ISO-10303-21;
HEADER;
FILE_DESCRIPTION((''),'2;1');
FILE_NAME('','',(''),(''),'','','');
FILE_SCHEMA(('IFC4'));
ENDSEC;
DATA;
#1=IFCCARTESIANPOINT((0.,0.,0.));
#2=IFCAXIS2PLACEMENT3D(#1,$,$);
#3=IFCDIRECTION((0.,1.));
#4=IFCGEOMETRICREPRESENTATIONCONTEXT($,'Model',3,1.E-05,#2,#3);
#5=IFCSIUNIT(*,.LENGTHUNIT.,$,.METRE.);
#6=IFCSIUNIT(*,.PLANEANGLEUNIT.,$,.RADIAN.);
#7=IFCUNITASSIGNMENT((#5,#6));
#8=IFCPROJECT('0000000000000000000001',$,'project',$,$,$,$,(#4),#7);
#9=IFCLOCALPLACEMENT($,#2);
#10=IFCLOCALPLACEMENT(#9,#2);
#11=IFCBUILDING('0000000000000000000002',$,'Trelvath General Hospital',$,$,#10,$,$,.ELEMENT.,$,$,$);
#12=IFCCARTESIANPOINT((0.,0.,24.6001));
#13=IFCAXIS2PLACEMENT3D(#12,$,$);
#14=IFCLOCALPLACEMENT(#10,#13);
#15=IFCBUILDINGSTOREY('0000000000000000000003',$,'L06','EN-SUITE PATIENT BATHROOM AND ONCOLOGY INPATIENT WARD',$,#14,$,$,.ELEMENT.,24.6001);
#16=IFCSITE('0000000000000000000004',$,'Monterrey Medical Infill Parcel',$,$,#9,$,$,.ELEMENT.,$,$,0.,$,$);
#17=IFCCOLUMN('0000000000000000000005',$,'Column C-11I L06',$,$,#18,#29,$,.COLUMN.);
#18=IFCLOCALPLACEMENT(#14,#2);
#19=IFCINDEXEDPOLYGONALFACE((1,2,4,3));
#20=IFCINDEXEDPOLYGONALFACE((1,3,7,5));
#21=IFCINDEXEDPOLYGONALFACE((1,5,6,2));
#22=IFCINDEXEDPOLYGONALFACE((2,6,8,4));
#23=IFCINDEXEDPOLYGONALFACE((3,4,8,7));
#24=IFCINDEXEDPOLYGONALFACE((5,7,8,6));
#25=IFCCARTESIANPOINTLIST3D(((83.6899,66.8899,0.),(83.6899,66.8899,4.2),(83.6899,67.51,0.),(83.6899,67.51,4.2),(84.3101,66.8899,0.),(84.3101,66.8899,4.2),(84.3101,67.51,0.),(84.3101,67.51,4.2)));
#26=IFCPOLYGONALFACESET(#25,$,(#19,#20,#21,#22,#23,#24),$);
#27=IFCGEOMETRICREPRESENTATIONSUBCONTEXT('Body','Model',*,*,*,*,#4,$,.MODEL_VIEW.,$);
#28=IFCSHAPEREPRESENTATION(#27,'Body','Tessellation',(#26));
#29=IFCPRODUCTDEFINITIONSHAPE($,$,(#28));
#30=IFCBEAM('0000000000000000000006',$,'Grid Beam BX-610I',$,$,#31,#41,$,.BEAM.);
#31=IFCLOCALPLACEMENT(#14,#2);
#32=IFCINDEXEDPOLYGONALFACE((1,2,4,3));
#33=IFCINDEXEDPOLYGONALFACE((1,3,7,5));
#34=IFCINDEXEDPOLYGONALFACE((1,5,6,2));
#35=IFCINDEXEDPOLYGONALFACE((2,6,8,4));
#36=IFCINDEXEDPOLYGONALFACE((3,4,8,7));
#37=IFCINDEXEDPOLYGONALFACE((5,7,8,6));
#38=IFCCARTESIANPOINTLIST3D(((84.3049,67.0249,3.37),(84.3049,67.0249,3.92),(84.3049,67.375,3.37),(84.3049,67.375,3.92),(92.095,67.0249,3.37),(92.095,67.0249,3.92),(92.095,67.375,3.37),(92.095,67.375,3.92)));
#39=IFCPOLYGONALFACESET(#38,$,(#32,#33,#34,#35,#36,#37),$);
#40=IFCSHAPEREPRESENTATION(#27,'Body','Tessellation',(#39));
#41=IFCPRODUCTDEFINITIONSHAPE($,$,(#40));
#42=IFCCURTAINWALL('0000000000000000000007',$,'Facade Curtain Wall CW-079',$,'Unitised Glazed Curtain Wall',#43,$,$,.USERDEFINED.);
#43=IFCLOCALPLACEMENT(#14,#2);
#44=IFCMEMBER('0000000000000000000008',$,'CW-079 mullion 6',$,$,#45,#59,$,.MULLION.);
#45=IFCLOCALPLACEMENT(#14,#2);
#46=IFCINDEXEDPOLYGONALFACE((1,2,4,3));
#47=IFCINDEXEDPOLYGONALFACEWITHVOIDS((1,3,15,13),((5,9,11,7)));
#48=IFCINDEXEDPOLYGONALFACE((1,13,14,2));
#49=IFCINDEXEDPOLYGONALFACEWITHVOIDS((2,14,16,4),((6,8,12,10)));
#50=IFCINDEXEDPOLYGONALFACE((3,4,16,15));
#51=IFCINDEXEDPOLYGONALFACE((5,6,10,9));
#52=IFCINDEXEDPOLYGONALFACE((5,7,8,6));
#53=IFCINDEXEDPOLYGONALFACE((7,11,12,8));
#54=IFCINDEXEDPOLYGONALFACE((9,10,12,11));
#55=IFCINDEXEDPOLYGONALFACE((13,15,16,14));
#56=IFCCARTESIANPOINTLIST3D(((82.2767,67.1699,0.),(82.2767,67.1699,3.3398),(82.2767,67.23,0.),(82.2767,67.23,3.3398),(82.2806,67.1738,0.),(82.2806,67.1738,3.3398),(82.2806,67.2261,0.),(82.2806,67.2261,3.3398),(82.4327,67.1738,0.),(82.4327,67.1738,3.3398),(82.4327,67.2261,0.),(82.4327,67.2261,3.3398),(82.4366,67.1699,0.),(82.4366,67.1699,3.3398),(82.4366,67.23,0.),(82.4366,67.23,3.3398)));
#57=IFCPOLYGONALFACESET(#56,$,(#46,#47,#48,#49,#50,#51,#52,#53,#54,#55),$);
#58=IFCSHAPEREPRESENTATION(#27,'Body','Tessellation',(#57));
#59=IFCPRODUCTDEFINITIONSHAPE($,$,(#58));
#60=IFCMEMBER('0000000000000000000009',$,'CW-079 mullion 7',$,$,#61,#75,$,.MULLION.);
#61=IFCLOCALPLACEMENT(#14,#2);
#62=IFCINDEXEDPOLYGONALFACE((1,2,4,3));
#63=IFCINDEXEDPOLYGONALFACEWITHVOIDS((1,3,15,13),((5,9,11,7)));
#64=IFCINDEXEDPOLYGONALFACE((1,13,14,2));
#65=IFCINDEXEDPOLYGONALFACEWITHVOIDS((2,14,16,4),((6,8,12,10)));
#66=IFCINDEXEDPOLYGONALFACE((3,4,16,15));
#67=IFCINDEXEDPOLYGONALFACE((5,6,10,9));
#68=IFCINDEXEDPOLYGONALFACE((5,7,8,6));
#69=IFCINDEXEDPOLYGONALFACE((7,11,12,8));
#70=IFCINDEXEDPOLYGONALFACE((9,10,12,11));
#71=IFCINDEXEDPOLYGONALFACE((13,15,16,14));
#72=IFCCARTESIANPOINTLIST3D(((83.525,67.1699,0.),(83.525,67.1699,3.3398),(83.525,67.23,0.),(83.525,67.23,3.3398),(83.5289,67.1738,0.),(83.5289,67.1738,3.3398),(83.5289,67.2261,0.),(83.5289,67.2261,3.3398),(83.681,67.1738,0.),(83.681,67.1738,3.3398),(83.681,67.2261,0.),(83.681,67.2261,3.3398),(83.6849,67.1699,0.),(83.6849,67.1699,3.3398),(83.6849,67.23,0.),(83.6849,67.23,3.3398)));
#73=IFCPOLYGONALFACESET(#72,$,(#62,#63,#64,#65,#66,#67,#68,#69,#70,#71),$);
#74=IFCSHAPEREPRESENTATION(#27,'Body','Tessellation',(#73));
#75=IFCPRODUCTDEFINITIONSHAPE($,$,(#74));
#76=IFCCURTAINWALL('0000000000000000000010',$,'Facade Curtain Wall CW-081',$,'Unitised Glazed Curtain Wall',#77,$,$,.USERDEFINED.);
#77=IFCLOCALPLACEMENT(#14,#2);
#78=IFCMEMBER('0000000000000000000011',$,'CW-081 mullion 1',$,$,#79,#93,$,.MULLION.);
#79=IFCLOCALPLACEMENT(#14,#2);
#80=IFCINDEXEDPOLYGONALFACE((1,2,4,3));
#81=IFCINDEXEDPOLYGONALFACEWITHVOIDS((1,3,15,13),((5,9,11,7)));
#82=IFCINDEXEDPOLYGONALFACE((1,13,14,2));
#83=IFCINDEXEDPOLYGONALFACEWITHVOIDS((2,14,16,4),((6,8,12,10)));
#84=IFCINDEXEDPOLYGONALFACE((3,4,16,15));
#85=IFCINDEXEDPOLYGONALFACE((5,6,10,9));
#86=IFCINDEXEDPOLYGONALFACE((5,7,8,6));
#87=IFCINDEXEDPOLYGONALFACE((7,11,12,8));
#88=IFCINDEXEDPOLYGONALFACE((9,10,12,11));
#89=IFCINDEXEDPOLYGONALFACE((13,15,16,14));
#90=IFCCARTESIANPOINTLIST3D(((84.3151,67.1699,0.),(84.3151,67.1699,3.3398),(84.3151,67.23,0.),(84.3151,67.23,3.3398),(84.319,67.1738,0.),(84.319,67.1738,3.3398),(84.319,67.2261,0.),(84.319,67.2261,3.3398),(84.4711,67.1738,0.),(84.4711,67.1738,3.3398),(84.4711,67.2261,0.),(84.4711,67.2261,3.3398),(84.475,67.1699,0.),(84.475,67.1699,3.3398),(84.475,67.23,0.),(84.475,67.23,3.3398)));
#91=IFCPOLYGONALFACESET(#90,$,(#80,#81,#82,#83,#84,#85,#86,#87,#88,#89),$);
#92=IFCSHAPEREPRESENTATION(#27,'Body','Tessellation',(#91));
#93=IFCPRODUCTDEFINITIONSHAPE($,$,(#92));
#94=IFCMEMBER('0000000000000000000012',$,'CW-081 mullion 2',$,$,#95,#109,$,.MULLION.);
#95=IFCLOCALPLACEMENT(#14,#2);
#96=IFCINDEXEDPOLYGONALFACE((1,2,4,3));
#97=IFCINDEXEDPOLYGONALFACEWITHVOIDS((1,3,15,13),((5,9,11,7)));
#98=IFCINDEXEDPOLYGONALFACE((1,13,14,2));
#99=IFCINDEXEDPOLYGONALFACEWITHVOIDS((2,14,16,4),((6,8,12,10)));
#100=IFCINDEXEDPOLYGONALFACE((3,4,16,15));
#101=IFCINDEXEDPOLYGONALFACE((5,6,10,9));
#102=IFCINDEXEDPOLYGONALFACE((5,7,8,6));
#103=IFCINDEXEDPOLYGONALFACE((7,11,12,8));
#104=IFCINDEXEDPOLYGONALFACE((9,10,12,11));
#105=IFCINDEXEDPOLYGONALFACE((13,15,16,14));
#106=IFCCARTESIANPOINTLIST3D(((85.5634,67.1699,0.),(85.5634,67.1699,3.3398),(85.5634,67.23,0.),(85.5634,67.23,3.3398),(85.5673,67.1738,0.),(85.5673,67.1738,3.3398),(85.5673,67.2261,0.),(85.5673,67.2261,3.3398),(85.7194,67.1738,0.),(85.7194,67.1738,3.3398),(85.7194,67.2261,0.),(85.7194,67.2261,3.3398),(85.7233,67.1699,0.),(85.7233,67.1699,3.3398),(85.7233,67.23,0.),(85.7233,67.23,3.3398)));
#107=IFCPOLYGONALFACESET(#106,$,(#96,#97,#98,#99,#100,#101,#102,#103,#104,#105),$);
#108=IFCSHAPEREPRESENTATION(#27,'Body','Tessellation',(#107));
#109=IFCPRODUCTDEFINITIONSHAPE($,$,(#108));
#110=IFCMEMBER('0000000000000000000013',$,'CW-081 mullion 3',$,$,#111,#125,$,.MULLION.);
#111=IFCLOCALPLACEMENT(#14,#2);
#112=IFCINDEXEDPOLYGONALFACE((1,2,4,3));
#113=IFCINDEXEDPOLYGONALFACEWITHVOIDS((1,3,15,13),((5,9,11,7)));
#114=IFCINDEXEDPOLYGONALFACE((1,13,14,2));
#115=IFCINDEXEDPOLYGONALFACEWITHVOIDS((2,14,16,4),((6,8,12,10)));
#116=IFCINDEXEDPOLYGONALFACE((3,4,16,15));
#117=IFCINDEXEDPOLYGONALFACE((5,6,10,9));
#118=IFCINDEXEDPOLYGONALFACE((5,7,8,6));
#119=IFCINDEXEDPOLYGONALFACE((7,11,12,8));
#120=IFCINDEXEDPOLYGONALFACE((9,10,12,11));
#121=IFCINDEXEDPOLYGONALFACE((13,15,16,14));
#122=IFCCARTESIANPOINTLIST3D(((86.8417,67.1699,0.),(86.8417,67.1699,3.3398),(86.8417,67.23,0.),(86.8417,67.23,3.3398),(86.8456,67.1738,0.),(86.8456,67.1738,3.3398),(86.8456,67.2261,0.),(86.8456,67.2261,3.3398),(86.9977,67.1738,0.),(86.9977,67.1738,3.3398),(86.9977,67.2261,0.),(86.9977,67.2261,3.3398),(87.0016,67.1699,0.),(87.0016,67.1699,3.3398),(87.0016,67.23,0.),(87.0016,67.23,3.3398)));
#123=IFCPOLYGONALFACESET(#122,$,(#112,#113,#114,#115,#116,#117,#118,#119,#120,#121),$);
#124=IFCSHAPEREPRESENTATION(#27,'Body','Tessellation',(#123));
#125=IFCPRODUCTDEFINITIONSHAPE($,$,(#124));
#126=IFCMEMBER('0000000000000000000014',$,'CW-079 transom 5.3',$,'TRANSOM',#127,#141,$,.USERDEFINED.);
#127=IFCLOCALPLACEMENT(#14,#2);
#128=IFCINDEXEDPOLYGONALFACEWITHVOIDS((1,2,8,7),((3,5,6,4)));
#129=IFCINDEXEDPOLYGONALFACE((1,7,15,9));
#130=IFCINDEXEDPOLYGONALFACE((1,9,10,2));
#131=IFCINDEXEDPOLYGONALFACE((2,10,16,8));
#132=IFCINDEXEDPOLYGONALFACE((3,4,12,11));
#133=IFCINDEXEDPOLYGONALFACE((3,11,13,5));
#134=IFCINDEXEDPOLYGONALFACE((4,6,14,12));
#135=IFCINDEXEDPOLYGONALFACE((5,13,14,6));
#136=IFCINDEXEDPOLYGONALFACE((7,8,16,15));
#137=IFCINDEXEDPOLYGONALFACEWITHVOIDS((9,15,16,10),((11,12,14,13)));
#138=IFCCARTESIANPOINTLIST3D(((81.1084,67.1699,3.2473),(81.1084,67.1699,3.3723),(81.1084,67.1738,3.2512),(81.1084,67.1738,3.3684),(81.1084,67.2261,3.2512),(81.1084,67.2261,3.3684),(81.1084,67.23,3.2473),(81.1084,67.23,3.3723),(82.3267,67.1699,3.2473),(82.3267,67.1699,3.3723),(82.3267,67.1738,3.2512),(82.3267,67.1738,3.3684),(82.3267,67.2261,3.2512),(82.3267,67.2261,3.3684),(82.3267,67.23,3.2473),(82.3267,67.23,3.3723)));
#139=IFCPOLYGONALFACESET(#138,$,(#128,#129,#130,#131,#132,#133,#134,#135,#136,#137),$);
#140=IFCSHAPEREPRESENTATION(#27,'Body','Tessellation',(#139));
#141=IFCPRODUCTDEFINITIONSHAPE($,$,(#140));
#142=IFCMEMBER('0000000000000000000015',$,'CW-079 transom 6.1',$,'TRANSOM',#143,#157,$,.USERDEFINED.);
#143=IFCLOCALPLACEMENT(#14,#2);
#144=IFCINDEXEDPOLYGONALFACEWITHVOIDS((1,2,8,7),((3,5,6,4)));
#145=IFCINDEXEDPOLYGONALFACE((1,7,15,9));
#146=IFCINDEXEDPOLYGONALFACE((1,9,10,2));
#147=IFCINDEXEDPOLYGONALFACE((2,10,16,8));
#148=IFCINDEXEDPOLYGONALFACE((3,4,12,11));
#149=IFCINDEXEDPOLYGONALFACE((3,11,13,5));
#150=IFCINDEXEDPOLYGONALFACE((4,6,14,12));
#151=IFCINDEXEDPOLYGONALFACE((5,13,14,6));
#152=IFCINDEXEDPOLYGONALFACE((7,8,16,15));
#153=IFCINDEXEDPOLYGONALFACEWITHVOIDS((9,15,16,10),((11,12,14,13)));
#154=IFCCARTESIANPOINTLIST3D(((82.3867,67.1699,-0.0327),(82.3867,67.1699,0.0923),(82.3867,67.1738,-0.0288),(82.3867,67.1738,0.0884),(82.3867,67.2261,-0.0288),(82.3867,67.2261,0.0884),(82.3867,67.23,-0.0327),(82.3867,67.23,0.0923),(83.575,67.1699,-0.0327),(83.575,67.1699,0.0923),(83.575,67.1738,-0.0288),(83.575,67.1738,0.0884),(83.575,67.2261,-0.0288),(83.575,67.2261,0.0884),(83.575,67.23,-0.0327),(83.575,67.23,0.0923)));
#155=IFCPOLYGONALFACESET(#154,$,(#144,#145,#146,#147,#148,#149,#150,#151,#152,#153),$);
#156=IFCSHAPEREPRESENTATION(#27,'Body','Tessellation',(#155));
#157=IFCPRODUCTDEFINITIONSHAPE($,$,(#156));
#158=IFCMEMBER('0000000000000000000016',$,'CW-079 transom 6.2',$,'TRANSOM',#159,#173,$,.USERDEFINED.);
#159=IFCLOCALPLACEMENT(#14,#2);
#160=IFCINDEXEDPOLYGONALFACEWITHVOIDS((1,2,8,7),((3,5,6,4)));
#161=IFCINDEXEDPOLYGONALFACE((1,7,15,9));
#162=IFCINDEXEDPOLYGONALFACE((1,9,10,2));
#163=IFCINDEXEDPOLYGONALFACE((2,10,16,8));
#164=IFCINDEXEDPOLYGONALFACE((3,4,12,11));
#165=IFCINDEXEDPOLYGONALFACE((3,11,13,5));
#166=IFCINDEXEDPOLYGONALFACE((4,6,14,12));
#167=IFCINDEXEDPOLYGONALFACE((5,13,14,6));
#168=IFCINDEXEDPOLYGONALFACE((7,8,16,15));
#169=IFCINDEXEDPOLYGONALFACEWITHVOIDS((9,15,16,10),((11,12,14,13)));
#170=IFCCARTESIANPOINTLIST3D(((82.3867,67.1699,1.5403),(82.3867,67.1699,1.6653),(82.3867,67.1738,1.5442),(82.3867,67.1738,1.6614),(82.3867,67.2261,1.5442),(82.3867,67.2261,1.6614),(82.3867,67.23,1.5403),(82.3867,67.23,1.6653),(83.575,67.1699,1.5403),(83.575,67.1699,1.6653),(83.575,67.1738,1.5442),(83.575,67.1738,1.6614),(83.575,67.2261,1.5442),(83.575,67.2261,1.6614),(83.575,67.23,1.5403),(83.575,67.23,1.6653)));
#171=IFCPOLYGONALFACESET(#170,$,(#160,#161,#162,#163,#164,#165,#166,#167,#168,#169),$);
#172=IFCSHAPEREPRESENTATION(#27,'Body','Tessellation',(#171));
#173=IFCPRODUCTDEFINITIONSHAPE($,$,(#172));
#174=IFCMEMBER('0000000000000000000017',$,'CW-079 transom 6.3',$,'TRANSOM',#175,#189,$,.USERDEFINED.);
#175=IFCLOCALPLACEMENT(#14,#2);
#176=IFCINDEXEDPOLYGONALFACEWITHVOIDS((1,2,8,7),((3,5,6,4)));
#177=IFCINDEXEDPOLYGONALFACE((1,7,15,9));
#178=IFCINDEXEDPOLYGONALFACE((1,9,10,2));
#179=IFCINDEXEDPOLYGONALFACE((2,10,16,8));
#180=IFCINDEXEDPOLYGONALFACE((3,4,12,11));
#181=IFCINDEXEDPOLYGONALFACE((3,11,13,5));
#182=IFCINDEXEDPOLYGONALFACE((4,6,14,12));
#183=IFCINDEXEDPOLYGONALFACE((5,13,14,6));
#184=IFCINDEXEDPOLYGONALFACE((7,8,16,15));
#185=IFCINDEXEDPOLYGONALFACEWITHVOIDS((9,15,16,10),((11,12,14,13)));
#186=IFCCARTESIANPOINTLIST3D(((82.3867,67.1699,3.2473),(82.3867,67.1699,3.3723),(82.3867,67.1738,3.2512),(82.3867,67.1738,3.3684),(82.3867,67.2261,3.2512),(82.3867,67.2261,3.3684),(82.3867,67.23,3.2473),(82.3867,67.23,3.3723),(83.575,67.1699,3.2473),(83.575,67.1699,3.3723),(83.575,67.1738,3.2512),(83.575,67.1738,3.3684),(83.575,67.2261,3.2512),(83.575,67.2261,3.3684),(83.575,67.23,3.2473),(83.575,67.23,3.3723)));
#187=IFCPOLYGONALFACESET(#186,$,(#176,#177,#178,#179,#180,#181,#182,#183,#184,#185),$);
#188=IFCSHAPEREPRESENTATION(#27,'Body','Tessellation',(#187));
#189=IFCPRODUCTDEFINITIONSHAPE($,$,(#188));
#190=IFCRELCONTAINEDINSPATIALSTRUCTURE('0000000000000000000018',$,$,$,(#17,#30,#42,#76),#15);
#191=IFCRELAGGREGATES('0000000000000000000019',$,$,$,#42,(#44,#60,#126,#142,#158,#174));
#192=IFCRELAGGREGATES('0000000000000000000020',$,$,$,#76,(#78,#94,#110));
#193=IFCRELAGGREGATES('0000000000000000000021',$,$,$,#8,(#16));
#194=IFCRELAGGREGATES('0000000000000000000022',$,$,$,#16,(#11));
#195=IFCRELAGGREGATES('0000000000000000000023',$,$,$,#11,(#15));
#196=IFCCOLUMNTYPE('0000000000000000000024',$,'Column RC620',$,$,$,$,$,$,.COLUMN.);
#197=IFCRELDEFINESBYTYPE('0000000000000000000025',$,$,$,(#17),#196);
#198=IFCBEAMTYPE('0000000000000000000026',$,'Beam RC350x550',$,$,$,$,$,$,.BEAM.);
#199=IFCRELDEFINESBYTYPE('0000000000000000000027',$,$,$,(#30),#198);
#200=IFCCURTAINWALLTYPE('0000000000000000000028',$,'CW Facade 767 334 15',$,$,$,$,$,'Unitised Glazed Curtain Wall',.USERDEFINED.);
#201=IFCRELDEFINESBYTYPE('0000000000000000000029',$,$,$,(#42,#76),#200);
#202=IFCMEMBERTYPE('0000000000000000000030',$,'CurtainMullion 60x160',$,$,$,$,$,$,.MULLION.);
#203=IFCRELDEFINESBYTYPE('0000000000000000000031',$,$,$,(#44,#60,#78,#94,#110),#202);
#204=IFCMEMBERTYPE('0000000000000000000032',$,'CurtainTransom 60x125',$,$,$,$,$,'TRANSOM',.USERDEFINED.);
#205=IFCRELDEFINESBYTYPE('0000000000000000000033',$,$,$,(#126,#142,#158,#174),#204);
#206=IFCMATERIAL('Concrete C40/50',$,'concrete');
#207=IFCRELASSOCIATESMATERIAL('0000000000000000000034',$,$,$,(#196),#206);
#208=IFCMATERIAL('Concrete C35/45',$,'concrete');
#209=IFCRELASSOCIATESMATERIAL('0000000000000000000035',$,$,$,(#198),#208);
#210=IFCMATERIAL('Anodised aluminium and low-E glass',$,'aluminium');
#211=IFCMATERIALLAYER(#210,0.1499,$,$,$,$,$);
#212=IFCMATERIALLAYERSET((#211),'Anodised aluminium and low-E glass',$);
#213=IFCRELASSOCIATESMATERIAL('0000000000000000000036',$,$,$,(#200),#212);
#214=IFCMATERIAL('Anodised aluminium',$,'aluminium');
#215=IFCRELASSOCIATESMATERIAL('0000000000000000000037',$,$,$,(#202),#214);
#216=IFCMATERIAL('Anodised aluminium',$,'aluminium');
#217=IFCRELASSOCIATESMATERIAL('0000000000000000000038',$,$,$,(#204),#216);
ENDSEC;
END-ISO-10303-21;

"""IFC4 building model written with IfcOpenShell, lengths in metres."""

from ifc_helpers import new_model, si_unit, direction, frame, origin, origin_2d, place, context, subcontext, project, spatial, rectangle, hollow_rectangle, extrude, material, layer, layer_set, material_profile, profile_set, type_object, element, aggregate, save


model = new_model("IFC4")

# Units and contexts
model_context = context("Model", 3, precision=1e-05, world=origin(), true_north=direction((0.0, 1.0)))
body_context = subcontext(model_context, "Body", "Model", "MODEL_VIEW")
ifc_project = project(units=[si_unit("LENGTHUNIT", "METRE"), si_unit("PLANEANGLEUNIT", "RADIAN")], contexts=[model_context])

# Site, building, storey
site_placement = place(None, origin())
site = spatial("IfcSite", under=ifc_project, at=site_placement, Name="Monterrey Medical Infill Parcel", CompositionType="ELEMENT", RefElevation=0.0)
building_placement = place(site_placement, origin())
building = spatial("IfcBuilding", under=site, at=building_placement, Name="Trelvath General Hospital", CompositionType="ELEMENT")
storey_placement = place(building_placement, frame((0.0, 0.0, 24.6001)))
storey = spatial("IfcBuildingStorey", under=building, at=storey_placement, Name="L06", Description="EN-SUITE PATIENT BATHROOM AND ONCOLOGY INPATIENT WARD", CompositionType="ELEMENT", Elevation=24.6001)

# Column
ifc_material_1 = material(Name="Concrete C40/50", Category="concrete")
ifc_material_profile_1 = material_profile(ifc_material_1, rectangle(XDim=0.6201, YDim=0.6201, at=origin_2d()), Name="RC620x620")
ifc_profile_set_1 = profile_set([ifc_material_profile_1], Name="Concrete C40/50")
column_type = type_object("IfcColumnType", Name="Column RC620", PredefinedType="COLUMN", material=ifc_profile_set_1)
column_placement = place(storey_placement, frame((84.0, 67.2, 0.0), z_axis=(0.0, 0.0, 1.0), x_axis=(1.0, 0.0, 0.0)))
element("IfcColumn", 1, at=column_placement, inside=storey, type_object=column_type, Name="Column C-11I L06", PredefinedType="COLUMN", context=body_context, shape_type="SweptSolid", body=[
    extrude(rectangle(XDim=0.6201, YDim=0.6201, at=origin_2d()), origin(), (0.0, 0.0, 1.0), 4.2),
])

# Beam
ifc_material_2 = material(Name="Concrete C35/45", Category="concrete")
ifc_material_profile_2 = material_profile(ifc_material_2, rectangle(XDim=0.3501, YDim=0.55, at=origin_2d()), Name="RCB350x550")
ifc_profile_set_2 = profile_set([ifc_material_profile_2], Name="Concrete C35/45")
beam_type = type_object("IfcBeamType", Name="Beam RC350x550", PredefinedType="BEAM", material=ifc_profile_set_2)
beam_placement = place(storey_placement, frame((84.3049, 67.2, 3.645), z_axis=(1.0, 0.0, 0.0), x_axis=(0.0, 1.0, 0.0)))
element("IfcBeam", 2, at=beam_placement, inside=storey, type_object=beam_type, Name="Grid Beam BX-610I", PredefinedType="BEAM", context=body_context, shape_type="SweptSolid", body=[
    extrude(rectangle(XDim=0.3501, YDim=0.55, at=origin_2d()), origin(), (0.0, 0.0, 1.0), 7.79),
])

# Curtain walls, members
ifc_material_3 = material(Name="Anodised aluminium and low-E glass", Category="aluminium")
ifc_layer_1 = layer(ifc_material_3, 0.1499)
ifc_layer_set_1 = layer_set([ifc_layer_1], Name="Anodised aluminium and low-E glass")
curtain_wall_type = type_object("IfcCurtainWallType", Name="CW Facade 767 334 15", ElementType="Unitised Glazed Curtain Wall", PredefinedType="USERDEFINED", material=ifc_layer_set_1)
curtain_wall_1_placement = place(storey_placement, origin())
curtain_wall_1 = element("IfcCurtainWall", 3, at=curtain_wall_1_placement, inside=storey, type_object=curtain_wall_type, Name="Facade Curtain Wall CW-079", ObjectType="Unitised Glazed Curtain Wall", PredefinedType="USERDEFINED")
ifc_material_4 = material(Name="Anodised aluminium", Category="aluminium")
ifc_material_profile_3 = material_profile(ifc_material_4, hollow_rectangle(XDim=0.0601, YDim=0.1599, WallThickness=0.0039, at=origin_2d()), Name="RHS60x160x4")
ifc_profile_set_3 = profile_set([ifc_material_profile_3], Name="Anodised aluminium")
member_type_1 = type_object("IfcMemberType", Name="CurtainMullion 60x160", PredefinedType="MULLION", material=ifc_profile_set_3)
member_1_placement = place(storey_placement, frame((82.3567, 67.2, 0.0), z_axis=(0.0, 0.0, 1.0), x_axis=(0.0, 1.0, 0.0)))
member_1 = element("IfcMember", 4, at=member_1_placement, type_object=member_type_1, Name="CW-079 mullion 6", PredefinedType="MULLION", context=body_context, shape_type="SweptSolid", body=[
    extrude(hollow_rectangle(XDim=0.0601, YDim=0.1599, WallThickness=0.0039, at=origin_2d()), origin(), (0.0, 0.0, 1.0), 3.3398),
])
member_2_placement = place(storey_placement, frame((83.605, 67.2, 0.0), z_axis=(0.0, 0.0, 1.0), x_axis=(0.0, 1.0, 0.0)))
member_2 = element("IfcMember", 5, at=member_2_placement, type_object=member_type_1, Name="CW-079 mullion 7", PredefinedType="MULLION", context=body_context, shape_type="SweptSolid", body=[
    extrude(hollow_rectangle(XDim=0.0601, YDim=0.1599, WallThickness=0.0039, at=origin_2d()), origin(), (0.0, 0.0, 1.0), 3.3398),
])
curtain_wall_2_placement = place(storey_placement, origin())
curtain_wall_2 = element("IfcCurtainWall", 6, at=curtain_wall_2_placement, inside=storey, type_object=curtain_wall_type, Name="Facade Curtain Wall CW-081", ObjectType="Unitised Glazed Curtain Wall", PredefinedType="USERDEFINED")
member_3_placement = place(storey_placement, frame((84.395, 67.2, 0.0), z_axis=(0.0, 0.0, 1.0), x_axis=(0.0, 1.0, 0.0)))
member_3 = element("IfcMember", 7, at=member_3_placement, type_object=member_type_1, Name="CW-081 mullion 1", PredefinedType="MULLION", context=body_context, shape_type="SweptSolid", body=[
    extrude(hollow_rectangle(XDim=0.0601, YDim=0.1599, WallThickness=0.0039, at=origin_2d()), origin(), (0.0, 0.0, 1.0), 3.3398),
])
member_4_placement = place(storey_placement, frame((85.6433, 67.2, 0.0), z_axis=(0.0, 0.0, 1.0), x_axis=(0.0, 1.0, 0.0)))
member_4 = element("IfcMember", 8, at=member_4_placement, type_object=member_type_1, Name="CW-081 mullion 2", PredefinedType="MULLION", context=body_context, shape_type="SweptSolid", body=[
    extrude(hollow_rectangle(XDim=0.0601, YDim=0.1599, WallThickness=0.0039, at=origin_2d()), origin(), (0.0, 0.0, 1.0), 3.3398),
])
member_5_placement = place(storey_placement, frame((86.9216, 67.2, 0.0), z_axis=(0.0, 0.0, 1.0), x_axis=(0.0, 1.0, 0.0)))
member_5 = element("IfcMember", 9, at=member_5_placement, type_object=member_type_1, Name="CW-081 mullion 3", PredefinedType="MULLION", context=body_context, shape_type="SweptSolid", body=[
    extrude(hollow_rectangle(XDim=0.0601, YDim=0.1599, WallThickness=0.0039, at=origin_2d()), origin(), (0.0, 0.0, 1.0), 3.3398),
])

# Members
ifc_material_5 = material(Name="Anodised aluminium", Category="aluminium")
ifc_material_profile_4 = material_profile(ifc_material_5, hollow_rectangle(XDim=0.0601, YDim=0.125, WallThickness=0.0039, at=origin_2d()), Name="RHS60x125x4")
ifc_profile_set_4 = profile_set([ifc_material_profile_4], Name="Anodised aluminium")
member_type_2 = type_object("IfcMemberType", Name="CurtainTransom 60x125", ElementType="TRANSOM", PredefinedType="USERDEFINED", material=ifc_profile_set_4)
member_6_placement = place(storey_placement, frame((81.1084, 67.2, 3.3098), z_axis=(1.0, 0.0, 0.0), x_axis=(0.0, 1.0, 0.0)))
member_6 = element("IfcMember", 10, at=member_6_placement, type_object=member_type_2, Name="CW-079 transom 5.3", ObjectType="TRANSOM", PredefinedType="USERDEFINED", context=body_context, shape_type="SweptSolid", body=[
    extrude(hollow_rectangle(XDim=0.0601, YDim=0.125, WallThickness=0.0039, at=origin_2d()), origin(), (0.0, 0.0, 1.0), 1.2183),
])
member_7_placement = place(storey_placement, frame((82.3867, 67.2, 0.0298), z_axis=(1.0, 0.0, 0.0), x_axis=(0.0, 1.0, 0.0)))
member_7 = element("IfcMember", 11, at=member_7_placement, type_object=member_type_2, Name="CW-079 transom 6.1", ObjectType="TRANSOM", PredefinedType="USERDEFINED", context=body_context, shape_type="SweptSolid", body=[
    extrude(hollow_rectangle(XDim=0.0601, YDim=0.125, WallThickness=0.0039, at=origin_2d()), origin(), (0.0, 0.0, 1.0), 1.1882),
])
member_8_placement = place(storey_placement, frame((82.3867, 67.2, 1.6028), z_axis=(1.0, 0.0, 0.0), x_axis=(0.0, 1.0, 0.0)))
member_8 = element("IfcMember", 12, at=member_8_placement, type_object=member_type_2, Name="CW-079 transom 6.2", ObjectType="TRANSOM", PredefinedType="USERDEFINED", context=body_context, shape_type="SweptSolid", body=[
    extrude(hollow_rectangle(XDim=0.0601, YDim=0.125, WallThickness=0.0039, at=origin_2d()), origin(), (0.0, 0.0, 1.0), 1.1882),
])
member_9_placement = place(storey_placement, frame((82.3867, 67.2, 3.3098), z_axis=(1.0, 0.0, 0.0), x_axis=(0.0, 1.0, 0.0)))
member_9 = element("IfcMember", 13, at=member_9_placement, type_object=member_type_2, Name="CW-079 transom 6.3", ObjectType="TRANSOM", PredefinedType="USERDEFINED", context=body_context, shape_type="SweptSolid", body=[
    extrude(hollow_rectangle(XDim=0.0601, YDim=0.125, WallThickness=0.0039, at=origin_2d()), origin(), (0.0, 0.0, 1.0), 1.1882),
])

aggregate(curtain_wall_1, [member_1, member_2, member_6, member_7, member_8, member_9])
aggregate(curtain_wall_2, [member_3, member_4, member_5])

save(model, "model.ifc")
